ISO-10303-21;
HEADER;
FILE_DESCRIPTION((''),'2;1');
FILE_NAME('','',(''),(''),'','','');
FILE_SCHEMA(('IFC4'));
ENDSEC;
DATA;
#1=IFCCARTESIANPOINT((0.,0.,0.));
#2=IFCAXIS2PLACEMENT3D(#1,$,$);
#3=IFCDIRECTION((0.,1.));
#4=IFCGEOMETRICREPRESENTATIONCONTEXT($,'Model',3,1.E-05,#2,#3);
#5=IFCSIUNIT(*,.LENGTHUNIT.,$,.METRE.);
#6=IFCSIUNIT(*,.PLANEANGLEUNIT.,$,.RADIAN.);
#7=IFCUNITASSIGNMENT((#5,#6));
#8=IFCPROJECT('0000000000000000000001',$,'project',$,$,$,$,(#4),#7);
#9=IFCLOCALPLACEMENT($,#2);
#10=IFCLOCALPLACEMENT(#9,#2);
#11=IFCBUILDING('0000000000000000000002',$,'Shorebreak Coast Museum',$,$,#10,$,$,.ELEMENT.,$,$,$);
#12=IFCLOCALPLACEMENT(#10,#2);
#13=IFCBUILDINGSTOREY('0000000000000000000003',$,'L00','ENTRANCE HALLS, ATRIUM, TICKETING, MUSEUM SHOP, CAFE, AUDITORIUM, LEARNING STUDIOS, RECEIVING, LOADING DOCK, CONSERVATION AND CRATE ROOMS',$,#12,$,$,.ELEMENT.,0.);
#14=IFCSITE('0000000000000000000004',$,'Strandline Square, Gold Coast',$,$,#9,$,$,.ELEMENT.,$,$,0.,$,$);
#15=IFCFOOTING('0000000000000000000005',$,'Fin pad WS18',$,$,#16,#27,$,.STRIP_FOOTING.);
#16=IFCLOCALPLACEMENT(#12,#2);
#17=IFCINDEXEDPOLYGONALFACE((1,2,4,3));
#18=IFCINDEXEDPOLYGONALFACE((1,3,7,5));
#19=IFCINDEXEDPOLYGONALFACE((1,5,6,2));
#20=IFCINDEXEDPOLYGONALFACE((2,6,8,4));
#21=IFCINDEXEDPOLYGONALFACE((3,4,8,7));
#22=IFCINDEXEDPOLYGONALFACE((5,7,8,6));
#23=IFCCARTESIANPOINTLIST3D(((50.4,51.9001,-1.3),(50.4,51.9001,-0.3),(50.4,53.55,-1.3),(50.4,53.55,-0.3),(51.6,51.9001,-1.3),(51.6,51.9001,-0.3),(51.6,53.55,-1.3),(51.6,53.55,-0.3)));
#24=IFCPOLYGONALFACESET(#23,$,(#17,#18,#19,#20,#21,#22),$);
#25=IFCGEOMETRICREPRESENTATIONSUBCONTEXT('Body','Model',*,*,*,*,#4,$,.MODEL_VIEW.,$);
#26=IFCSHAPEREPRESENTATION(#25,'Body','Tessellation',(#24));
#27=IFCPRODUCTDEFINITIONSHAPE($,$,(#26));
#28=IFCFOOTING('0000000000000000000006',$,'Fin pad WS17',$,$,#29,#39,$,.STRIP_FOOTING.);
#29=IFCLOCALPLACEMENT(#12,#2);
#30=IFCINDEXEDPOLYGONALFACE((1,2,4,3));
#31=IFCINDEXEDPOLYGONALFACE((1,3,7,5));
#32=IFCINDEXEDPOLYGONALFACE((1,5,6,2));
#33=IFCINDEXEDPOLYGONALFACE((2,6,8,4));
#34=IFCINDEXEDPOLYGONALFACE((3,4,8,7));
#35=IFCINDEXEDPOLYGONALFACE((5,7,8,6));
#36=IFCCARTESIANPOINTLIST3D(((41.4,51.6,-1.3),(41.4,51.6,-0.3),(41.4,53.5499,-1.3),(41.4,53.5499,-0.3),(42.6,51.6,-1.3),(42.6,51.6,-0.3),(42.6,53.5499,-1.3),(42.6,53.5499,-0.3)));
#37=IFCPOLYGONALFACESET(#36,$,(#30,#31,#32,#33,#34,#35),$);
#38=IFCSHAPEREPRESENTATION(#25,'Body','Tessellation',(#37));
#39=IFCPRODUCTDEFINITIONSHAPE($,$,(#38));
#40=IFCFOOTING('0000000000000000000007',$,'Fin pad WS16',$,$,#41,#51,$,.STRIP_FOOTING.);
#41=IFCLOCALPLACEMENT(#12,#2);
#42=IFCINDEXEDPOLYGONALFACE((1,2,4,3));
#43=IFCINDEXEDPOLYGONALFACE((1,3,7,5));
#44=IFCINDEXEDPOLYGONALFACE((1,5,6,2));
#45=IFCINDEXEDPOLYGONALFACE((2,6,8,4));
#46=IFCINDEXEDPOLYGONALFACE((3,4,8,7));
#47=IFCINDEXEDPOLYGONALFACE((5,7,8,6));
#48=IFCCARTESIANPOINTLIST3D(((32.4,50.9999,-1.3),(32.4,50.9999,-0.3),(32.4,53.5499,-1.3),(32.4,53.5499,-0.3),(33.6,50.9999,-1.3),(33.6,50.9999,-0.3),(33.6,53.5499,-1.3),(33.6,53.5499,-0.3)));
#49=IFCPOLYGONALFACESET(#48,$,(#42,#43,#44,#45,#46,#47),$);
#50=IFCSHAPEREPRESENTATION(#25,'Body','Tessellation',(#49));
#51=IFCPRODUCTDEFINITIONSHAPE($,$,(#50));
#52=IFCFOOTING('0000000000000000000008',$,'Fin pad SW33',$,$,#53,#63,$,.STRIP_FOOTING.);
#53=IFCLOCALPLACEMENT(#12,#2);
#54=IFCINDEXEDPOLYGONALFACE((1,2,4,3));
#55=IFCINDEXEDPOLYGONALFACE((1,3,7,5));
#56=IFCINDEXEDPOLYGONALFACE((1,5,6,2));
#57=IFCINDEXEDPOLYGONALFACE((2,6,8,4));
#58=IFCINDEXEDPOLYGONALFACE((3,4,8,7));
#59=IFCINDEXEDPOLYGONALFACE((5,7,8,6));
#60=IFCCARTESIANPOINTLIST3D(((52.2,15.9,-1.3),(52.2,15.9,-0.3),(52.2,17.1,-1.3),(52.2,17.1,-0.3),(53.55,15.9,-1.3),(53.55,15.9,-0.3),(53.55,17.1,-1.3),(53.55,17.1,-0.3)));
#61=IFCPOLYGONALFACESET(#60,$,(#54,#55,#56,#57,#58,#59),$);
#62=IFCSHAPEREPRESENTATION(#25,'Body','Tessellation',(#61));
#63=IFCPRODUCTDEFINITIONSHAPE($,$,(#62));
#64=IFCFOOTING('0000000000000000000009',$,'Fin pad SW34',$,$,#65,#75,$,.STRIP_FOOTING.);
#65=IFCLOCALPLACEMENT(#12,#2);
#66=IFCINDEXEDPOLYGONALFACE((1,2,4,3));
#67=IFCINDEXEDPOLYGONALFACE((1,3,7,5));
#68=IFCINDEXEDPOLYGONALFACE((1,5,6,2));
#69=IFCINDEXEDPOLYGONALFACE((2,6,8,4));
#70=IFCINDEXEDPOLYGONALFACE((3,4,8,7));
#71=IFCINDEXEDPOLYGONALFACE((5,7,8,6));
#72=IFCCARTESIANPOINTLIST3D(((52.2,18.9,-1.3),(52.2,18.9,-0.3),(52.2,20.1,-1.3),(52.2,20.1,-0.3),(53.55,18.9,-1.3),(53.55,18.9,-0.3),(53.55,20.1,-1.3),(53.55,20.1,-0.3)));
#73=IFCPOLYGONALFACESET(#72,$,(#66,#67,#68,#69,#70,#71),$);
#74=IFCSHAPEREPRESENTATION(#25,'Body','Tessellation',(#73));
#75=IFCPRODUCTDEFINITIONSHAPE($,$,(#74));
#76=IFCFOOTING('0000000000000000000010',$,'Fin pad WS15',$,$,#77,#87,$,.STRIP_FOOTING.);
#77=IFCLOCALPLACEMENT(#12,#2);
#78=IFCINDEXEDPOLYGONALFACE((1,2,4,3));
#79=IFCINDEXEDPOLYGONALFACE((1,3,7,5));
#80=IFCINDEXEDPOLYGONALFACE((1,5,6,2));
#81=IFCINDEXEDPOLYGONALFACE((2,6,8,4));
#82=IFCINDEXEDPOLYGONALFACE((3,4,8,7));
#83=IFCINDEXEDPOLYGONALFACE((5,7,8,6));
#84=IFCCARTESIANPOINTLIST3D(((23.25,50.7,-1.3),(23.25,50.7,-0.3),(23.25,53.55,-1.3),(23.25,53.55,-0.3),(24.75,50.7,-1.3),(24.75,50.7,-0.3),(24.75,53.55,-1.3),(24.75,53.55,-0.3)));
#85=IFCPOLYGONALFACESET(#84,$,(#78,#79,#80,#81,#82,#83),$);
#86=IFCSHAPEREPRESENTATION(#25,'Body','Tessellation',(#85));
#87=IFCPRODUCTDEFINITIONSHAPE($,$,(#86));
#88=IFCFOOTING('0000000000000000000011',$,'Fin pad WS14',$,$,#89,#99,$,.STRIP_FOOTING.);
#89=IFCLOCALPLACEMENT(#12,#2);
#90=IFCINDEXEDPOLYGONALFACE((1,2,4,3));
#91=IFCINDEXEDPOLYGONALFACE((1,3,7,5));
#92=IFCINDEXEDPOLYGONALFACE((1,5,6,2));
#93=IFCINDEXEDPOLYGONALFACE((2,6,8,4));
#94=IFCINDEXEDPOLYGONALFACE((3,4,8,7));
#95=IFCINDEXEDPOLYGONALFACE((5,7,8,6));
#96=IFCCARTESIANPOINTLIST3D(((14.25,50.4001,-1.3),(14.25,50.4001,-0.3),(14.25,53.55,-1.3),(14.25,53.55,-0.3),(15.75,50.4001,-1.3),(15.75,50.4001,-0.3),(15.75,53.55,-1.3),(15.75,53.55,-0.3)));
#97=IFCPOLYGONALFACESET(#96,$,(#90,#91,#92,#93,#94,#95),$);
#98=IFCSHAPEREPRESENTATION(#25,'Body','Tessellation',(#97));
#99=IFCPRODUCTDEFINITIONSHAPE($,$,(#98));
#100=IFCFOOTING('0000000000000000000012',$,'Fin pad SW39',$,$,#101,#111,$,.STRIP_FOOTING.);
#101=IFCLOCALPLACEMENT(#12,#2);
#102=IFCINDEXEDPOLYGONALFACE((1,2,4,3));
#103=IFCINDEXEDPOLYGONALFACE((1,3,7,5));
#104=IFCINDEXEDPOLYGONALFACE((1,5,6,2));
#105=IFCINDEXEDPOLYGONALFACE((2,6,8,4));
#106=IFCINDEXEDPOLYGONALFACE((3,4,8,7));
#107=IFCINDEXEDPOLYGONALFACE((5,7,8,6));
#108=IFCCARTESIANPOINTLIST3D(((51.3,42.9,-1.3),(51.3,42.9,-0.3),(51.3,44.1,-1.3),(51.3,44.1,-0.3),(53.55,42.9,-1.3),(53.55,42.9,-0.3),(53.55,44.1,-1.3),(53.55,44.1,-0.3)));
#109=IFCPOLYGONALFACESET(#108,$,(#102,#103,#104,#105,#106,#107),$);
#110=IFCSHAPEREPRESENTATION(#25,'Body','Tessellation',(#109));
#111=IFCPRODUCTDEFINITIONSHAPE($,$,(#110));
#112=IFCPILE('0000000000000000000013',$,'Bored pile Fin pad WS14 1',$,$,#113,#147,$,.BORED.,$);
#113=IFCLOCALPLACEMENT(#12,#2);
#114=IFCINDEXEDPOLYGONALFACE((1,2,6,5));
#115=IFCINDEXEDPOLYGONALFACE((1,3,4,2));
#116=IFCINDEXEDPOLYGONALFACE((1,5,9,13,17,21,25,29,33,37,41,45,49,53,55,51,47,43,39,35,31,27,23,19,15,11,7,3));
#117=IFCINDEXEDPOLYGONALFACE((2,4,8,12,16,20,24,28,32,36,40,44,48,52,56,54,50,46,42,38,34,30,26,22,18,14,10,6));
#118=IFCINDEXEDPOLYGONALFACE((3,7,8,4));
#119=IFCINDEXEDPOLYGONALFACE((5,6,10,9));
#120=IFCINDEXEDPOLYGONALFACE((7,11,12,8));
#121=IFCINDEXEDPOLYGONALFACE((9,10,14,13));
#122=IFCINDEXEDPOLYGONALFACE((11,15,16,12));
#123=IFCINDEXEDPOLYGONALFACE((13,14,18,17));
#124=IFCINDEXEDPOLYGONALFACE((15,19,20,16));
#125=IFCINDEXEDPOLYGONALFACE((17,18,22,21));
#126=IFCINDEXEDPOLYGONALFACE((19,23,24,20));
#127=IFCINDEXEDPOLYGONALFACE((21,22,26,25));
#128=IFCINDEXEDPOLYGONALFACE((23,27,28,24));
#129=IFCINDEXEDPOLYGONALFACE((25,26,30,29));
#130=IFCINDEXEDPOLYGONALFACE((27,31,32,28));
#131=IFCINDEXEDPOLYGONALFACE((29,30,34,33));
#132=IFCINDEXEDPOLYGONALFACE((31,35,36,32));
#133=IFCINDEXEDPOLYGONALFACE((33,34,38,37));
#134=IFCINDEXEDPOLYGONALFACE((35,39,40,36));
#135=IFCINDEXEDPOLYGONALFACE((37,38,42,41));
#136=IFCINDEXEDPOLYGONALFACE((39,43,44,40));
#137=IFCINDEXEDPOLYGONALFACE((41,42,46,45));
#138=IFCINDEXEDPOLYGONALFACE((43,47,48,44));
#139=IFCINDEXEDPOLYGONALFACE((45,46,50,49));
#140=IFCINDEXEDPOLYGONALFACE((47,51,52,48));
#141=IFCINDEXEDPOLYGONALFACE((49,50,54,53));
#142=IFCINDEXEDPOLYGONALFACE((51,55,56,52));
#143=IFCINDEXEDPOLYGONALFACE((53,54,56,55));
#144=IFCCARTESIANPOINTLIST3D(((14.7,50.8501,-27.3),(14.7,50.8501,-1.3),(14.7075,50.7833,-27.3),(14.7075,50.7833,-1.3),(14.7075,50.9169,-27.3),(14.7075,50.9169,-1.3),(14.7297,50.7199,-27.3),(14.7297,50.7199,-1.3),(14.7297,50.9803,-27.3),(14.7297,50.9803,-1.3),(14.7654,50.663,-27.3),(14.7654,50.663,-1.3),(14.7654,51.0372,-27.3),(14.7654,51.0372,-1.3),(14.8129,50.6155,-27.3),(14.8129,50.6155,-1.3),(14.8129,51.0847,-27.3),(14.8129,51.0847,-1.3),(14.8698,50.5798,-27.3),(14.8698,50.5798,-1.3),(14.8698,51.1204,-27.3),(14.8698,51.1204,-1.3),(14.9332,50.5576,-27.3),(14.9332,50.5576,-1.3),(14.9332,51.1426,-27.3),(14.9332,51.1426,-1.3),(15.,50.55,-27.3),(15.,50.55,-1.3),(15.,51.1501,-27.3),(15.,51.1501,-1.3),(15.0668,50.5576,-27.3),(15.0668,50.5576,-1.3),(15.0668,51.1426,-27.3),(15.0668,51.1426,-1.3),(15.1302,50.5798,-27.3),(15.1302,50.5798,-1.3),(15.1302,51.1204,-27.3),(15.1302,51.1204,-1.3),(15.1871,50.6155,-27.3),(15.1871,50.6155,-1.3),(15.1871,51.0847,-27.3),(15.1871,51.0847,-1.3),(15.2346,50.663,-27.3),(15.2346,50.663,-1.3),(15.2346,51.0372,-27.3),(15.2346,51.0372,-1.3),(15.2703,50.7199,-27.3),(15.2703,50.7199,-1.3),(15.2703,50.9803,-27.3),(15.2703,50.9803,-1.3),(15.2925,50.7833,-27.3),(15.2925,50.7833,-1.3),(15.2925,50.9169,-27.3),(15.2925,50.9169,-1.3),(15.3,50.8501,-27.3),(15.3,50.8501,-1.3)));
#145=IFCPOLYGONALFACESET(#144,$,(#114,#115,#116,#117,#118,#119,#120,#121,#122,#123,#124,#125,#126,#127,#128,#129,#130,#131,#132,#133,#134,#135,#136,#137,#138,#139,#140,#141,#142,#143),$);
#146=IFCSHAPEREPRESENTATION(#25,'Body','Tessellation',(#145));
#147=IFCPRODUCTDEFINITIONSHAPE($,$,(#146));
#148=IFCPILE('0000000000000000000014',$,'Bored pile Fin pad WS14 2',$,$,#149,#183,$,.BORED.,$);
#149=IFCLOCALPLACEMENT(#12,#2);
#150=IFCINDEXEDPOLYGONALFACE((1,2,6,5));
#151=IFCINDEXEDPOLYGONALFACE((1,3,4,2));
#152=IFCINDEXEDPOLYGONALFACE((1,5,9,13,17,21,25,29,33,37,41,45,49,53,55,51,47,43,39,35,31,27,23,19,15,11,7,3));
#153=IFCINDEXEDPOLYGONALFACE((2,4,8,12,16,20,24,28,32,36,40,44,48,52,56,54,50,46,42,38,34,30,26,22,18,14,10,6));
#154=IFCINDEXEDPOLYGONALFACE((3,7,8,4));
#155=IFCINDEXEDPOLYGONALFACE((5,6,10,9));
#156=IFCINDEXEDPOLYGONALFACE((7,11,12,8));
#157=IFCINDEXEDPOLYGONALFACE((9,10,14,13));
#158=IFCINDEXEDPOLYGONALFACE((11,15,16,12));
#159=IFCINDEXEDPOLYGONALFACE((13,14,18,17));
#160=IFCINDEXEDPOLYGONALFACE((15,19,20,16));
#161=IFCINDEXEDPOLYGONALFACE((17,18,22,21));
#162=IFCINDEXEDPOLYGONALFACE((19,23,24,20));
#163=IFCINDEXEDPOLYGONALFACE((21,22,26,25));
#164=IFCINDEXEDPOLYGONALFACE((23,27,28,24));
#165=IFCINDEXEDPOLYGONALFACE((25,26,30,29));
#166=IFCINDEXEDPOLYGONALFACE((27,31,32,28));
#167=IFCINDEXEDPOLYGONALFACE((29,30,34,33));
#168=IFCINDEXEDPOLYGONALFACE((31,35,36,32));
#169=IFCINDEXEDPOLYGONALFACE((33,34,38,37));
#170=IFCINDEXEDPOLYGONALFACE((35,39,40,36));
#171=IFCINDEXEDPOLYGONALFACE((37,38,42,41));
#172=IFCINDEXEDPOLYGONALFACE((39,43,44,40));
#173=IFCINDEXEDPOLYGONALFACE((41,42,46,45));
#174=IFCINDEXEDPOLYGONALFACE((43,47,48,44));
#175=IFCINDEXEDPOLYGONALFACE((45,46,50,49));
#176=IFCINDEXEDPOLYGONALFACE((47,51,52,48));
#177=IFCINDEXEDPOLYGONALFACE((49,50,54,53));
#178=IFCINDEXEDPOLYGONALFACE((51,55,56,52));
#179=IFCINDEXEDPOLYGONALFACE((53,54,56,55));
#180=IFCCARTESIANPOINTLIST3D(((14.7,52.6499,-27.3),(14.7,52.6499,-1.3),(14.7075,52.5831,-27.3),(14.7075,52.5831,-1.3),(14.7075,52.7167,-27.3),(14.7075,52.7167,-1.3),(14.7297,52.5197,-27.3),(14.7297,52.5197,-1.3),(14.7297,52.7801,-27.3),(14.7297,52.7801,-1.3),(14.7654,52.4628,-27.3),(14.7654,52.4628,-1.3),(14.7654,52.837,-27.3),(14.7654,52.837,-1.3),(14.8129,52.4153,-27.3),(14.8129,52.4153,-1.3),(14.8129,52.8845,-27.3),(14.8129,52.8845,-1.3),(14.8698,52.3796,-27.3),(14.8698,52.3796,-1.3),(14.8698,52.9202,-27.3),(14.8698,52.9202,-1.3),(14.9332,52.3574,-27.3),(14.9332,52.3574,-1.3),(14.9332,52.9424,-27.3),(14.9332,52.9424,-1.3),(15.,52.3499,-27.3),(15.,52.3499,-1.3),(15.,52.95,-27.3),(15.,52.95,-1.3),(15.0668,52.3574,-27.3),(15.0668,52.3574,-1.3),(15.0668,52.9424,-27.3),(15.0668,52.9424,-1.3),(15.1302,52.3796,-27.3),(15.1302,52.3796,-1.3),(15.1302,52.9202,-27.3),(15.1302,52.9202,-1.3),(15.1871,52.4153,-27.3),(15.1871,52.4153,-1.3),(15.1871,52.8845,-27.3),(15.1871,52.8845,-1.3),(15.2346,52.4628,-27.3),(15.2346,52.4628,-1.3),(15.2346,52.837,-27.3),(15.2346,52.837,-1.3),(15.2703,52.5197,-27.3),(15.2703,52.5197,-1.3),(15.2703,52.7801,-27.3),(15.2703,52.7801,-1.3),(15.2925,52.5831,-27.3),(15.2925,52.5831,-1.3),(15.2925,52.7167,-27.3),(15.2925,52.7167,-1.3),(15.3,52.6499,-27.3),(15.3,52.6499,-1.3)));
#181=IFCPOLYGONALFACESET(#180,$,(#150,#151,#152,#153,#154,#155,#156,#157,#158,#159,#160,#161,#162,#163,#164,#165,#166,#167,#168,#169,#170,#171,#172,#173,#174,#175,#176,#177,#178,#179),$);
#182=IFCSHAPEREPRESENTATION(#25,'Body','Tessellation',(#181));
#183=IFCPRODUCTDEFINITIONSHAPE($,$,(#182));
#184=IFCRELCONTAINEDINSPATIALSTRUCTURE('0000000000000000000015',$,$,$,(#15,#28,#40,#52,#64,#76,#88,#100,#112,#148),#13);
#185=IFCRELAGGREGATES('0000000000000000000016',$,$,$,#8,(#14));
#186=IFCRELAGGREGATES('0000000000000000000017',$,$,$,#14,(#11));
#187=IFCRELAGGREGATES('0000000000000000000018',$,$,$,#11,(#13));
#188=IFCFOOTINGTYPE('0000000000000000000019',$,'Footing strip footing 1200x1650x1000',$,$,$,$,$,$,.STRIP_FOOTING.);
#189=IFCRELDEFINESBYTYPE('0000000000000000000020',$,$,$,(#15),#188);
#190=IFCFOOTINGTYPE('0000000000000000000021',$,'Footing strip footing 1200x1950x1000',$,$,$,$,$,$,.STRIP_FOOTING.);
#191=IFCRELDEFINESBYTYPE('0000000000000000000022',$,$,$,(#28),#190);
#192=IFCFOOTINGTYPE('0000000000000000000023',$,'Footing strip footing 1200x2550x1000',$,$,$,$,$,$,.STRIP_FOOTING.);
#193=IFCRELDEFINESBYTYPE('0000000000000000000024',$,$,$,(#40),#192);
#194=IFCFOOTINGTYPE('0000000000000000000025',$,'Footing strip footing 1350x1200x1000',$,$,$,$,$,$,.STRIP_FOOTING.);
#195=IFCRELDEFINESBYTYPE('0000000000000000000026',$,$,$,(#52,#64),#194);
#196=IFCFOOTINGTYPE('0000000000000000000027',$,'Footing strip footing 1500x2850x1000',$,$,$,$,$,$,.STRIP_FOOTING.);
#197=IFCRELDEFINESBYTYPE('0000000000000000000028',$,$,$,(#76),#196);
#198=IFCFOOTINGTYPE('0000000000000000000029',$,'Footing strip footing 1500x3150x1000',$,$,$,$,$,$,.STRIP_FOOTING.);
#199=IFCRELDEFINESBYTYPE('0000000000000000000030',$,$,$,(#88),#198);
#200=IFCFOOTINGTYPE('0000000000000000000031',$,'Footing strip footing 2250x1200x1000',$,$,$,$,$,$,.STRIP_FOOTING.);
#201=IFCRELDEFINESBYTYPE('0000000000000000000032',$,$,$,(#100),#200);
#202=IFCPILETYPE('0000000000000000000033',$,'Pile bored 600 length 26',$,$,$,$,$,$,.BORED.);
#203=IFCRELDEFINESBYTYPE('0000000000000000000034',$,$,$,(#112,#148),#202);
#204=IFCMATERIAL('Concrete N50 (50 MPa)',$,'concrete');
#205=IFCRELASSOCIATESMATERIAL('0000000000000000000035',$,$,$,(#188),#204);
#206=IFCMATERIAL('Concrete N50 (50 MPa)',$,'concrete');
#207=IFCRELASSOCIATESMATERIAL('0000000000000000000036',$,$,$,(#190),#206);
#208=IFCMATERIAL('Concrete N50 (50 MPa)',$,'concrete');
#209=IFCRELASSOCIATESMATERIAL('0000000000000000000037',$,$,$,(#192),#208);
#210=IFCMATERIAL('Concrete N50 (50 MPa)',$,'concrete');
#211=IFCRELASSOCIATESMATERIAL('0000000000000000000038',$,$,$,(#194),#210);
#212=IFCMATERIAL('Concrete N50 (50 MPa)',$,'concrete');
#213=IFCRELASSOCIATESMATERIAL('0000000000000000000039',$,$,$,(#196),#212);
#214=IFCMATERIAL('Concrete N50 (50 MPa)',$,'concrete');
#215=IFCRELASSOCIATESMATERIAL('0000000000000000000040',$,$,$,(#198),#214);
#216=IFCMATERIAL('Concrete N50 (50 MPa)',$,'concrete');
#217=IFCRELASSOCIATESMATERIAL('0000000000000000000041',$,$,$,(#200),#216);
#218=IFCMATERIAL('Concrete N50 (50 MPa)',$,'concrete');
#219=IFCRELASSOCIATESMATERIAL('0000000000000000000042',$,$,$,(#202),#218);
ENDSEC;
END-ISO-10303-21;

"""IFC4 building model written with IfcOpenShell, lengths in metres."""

from ifc_helpers import new_model, si_unit, direction, frame, origin, origin_2d, place, context, subcontext, project, spatial, rectangle, circle, extrude, material, material_profile, profile_set, type_object, element, save


model = new_model("IFC4")

# Units and contexts
model_context = context("Model", 3, precision=1e-05, world=origin(), true_north=direction((0.0, 1.0)))
body_context = subcontext(model_context, "Body", "Model", "MODEL_VIEW")
ifc_project = project(units=[si_unit("LENGTHUNIT", "METRE"), si_unit("PLANEANGLEUNIT", "RADIAN")], contexts=[model_context])

# Site, building, storey
site_placement = place(None, origin())
site = spatial("IfcSite", under=ifc_project, at=site_placement, Name="Strandline Square, Gold Coast", CompositionType="ELEMENT", RefElevation=0.0)
building_placement = place(site_placement, origin())
building = spatial("IfcBuilding", under=site, at=building_placement, Name="Shorebreak Coast Museum", CompositionType="ELEMENT")
storey_placement = place(building_placement, origin())
storey = spatial("IfcBuildingStorey", under=building, at=storey_placement, Name="L00", Description="ENTRANCE HALLS, ATRIUM, TICKETING, MUSEUM SHOP, CAFE, AUDITORIUM, LEARNING STUDIOS, RECEIVING, LOADING DOCK, CONSERVATION AND CRATE ROOMS", CompositionType="ELEMENT", Elevation=0.0)

# Footings
ifc_material_1 = material(Name="Concrete N50 (50 MPa)", Category="concrete")
footing_type_1 = type_object("IfcFootingType", Name="Footing strip footing 1200x1650x1000", PredefinedType="STRIP_FOOTING", material=ifc_material_1)
footing_1_placement = place(storey_placement, frame((51.0, 52.7251, -1.3), z_axis=(0.0, 0.0, 1.0), x_axis=(1.0, 0.0, 0.0)))
element("IfcFooting", 1, at=footing_1_placement, inside=storey, type_object=footing_type_1, Name="Fin pad WS18", PredefinedType="STRIP_FOOTING", context=body_context, shape_type="SweptSolid", body=[
    extrude(rectangle(XDim=1.2, YDim=1.6499, at=origin_2d()), origin(), (0.0, 0.0, 1.0), 1.0),
])
ifc_material_2 = material(Name="Concrete N50 (50 MPa)", Category="concrete")
footing_type_2 = type_object("IfcFootingType", Name="Footing strip footing 1200x1950x1000", PredefinedType="STRIP_FOOTING", material=ifc_material_2)
footing_2_placement = place(storey_placement, frame((42.0, 52.575, -1.3), z_axis=(0.0, 0.0, 1.0), x_axis=(1.0, 0.0, 0.0)))
element("IfcFooting", 2, at=footing_2_placement, inside=storey, type_object=footing_type_2, Name="Fin pad WS17", PredefinedType="STRIP_FOOTING", context=body_context, shape_type="SweptSolid", body=[
    extrude(rectangle(XDim=1.2, YDim=1.95, at=origin_2d()), origin(), (0.0, 0.0, 1.0), 1.0),
])
ifc_material_3 = material(Name="Concrete N50 (50 MPa)", Category="concrete")
footing_type_3 = type_object("IfcFootingType", Name="Footing strip footing 1200x2550x1000", PredefinedType="STRIP_FOOTING", material=ifc_material_3)
footing_3_placement = place(storey_placement, frame((33.0, 52.2749, -1.3), z_axis=(0.0, 0.0, 1.0), x_axis=(1.0, 0.0, 0.0)))
element("IfcFooting", 3, at=footing_3_placement, inside=storey, type_object=footing_type_3, Name="Fin pad WS16", PredefinedType="STRIP_FOOTING", context=body_context, shape_type="SweptSolid", body=[
    extrude(rectangle(XDim=1.2, YDim=2.55, at=origin_2d()), origin(), (0.0, 0.0, 1.0), 1.0),
])
ifc_material_4 = material(Name="Concrete N50 (50 MPa)", Category="concrete")
footing_type_4 = type_object("IfcFootingType", Name="Footing strip footing 1350x1200x1000", PredefinedType="STRIP_FOOTING", material=ifc_material_4)
for number, where, z_axis, x_axis, name in (
    (4, (52.875, 16.5, -1.3), (0.0, 0.0, 1.0), (1.0, 0.0, 0.0), "Fin pad SW33"),
    (5, (52.875, 19.5, -1.3), (0.0, 0.0, 1.0), (1.0, 0.0, 0.0), "Fin pad SW34"),
):
    element("IfcFooting", number, at=place(storey_placement, frame(where, z_axis=z_axis, x_axis=x_axis)), inside=storey, type_object=footing_type_4, Name=name, PredefinedType="STRIP_FOOTING", context=body_context, shape_type="SweptSolid", body=[
        extrude(rectangle(XDim=1.3501, YDim=1.2, at=origin_2d()), origin(), (0.0, 0.0, 1.0), 1.0),
    ])
ifc_material_5 = material(Name="Concrete N50 (50 MPa)", Category="concrete")
footing_type_5 = type_object("IfcFootingType", Name="Footing strip footing 1500x2850x1000", PredefinedType="STRIP_FOOTING", material=ifc_material_5)
footing_4_placement = place(storey_placement, frame((24.0, 52.125, -1.3), z_axis=(0.0, 0.0, 1.0), x_axis=(1.0, 0.0, 0.0)))
element("IfcFooting", 6, at=footing_4_placement, inside=storey, type_object=footing_type_5, Name="Fin pad WS15", PredefinedType="STRIP_FOOTING", context=body_context, shape_type="SweptSolid", body=[
    extrude(rectangle(XDim=1.5, YDim=2.8501, at=origin_2d()), origin(), (0.0, 0.0, 1.0), 1.0),
])
ifc_material_6 = material(Name="Concrete N50 (50 MPa)", Category="concrete")
footing_type_6 = type_object("IfcFootingType", Name="Footing strip footing 1500x3150x1000", PredefinedType="STRIP_FOOTING", material=ifc_material_6)
footing_5_placement = place(storey_placement, frame((15.0, 51.9751, -1.3), z_axis=(0.0, 0.0, 1.0), x_axis=(1.0, 0.0, 0.0)))
element("IfcFooting", 7, at=footing_5_placement, inside=storey, type_object=footing_type_6, Name="Fin pad WS14", PredefinedType="STRIP_FOOTING", context=body_context, shape_type="SweptSolid", body=[
    extrude(rectangle(XDim=1.5, YDim=3.1499, at=origin_2d()), origin(), (0.0, 0.0, 1.0), 1.0),
])
ifc_material_7 = material(Name="Concrete N50 (50 MPa)", Category="concrete")
footing_type_7 = type_object("IfcFootingType", Name="Footing strip footing 2250x1200x1000", PredefinedType="STRIP_FOOTING", material=ifc_material_7)
footing_6_placement = place(storey_placement, frame((52.425, 43.5, -1.3), z_axis=(0.0, 0.0, 1.0), x_axis=(1.0, 0.0, 0.0)))
element("IfcFooting", 8, at=footing_6_placement, inside=storey, type_object=footing_type_7, Name="Fin pad SW39", PredefinedType="STRIP_FOOTING", context=body_context, shape_type="SweptSolid", body=[
    extrude(rectangle(XDim=2.25, YDim=1.2, at=origin_2d()), origin(), (0.0, 0.0, 1.0), 1.0),
])

# Piles
ifc_material_8 = material(Name="Concrete N50 (50 MPa)", Category="concrete")
ifc_material_profile_1 = material_profile(ifc_material_8, circle(Radius=0.3, at=origin_2d()), Name="Pile bored 600 length 26")
ifc_profile_set_1 = profile_set([ifc_material_profile_1], Name="Concrete N50 (50 MPa)")
pile_type_1 = type_object("IfcPileType", Name="Pile bored 600 length 26", PredefinedType="BORED", material=ifc_profile_set_1)
for number, where, z_axis, x_axis, name in (
    (9, (15.0, 50.8501, -1.3), (0.0, 0.0, -1.0), (1.0, 0.0, 0.0), "Bored pile Fin pad WS14 1"),
    (10, (15.0, 52.6499, -1.3), (0.0, 0.0, -1.0), (1.0, 0.0, 0.0), "Bored pile Fin pad WS14 2"),
):
    element("IfcPile", number, at=place(storey_placement, frame(where, z_axis=z_axis, x_axis=x_axis)), inside=storey, type_object=pile_type_1, Name=name, PredefinedType="BORED", context=body_context, shape_type="SweptSolid", body=[
        extrude(circle(Radius=0.3, at=origin_2d()), origin(), (0.0, 0.0, 1.0), 26.0),
    ])

save(model, "model.ifc")
